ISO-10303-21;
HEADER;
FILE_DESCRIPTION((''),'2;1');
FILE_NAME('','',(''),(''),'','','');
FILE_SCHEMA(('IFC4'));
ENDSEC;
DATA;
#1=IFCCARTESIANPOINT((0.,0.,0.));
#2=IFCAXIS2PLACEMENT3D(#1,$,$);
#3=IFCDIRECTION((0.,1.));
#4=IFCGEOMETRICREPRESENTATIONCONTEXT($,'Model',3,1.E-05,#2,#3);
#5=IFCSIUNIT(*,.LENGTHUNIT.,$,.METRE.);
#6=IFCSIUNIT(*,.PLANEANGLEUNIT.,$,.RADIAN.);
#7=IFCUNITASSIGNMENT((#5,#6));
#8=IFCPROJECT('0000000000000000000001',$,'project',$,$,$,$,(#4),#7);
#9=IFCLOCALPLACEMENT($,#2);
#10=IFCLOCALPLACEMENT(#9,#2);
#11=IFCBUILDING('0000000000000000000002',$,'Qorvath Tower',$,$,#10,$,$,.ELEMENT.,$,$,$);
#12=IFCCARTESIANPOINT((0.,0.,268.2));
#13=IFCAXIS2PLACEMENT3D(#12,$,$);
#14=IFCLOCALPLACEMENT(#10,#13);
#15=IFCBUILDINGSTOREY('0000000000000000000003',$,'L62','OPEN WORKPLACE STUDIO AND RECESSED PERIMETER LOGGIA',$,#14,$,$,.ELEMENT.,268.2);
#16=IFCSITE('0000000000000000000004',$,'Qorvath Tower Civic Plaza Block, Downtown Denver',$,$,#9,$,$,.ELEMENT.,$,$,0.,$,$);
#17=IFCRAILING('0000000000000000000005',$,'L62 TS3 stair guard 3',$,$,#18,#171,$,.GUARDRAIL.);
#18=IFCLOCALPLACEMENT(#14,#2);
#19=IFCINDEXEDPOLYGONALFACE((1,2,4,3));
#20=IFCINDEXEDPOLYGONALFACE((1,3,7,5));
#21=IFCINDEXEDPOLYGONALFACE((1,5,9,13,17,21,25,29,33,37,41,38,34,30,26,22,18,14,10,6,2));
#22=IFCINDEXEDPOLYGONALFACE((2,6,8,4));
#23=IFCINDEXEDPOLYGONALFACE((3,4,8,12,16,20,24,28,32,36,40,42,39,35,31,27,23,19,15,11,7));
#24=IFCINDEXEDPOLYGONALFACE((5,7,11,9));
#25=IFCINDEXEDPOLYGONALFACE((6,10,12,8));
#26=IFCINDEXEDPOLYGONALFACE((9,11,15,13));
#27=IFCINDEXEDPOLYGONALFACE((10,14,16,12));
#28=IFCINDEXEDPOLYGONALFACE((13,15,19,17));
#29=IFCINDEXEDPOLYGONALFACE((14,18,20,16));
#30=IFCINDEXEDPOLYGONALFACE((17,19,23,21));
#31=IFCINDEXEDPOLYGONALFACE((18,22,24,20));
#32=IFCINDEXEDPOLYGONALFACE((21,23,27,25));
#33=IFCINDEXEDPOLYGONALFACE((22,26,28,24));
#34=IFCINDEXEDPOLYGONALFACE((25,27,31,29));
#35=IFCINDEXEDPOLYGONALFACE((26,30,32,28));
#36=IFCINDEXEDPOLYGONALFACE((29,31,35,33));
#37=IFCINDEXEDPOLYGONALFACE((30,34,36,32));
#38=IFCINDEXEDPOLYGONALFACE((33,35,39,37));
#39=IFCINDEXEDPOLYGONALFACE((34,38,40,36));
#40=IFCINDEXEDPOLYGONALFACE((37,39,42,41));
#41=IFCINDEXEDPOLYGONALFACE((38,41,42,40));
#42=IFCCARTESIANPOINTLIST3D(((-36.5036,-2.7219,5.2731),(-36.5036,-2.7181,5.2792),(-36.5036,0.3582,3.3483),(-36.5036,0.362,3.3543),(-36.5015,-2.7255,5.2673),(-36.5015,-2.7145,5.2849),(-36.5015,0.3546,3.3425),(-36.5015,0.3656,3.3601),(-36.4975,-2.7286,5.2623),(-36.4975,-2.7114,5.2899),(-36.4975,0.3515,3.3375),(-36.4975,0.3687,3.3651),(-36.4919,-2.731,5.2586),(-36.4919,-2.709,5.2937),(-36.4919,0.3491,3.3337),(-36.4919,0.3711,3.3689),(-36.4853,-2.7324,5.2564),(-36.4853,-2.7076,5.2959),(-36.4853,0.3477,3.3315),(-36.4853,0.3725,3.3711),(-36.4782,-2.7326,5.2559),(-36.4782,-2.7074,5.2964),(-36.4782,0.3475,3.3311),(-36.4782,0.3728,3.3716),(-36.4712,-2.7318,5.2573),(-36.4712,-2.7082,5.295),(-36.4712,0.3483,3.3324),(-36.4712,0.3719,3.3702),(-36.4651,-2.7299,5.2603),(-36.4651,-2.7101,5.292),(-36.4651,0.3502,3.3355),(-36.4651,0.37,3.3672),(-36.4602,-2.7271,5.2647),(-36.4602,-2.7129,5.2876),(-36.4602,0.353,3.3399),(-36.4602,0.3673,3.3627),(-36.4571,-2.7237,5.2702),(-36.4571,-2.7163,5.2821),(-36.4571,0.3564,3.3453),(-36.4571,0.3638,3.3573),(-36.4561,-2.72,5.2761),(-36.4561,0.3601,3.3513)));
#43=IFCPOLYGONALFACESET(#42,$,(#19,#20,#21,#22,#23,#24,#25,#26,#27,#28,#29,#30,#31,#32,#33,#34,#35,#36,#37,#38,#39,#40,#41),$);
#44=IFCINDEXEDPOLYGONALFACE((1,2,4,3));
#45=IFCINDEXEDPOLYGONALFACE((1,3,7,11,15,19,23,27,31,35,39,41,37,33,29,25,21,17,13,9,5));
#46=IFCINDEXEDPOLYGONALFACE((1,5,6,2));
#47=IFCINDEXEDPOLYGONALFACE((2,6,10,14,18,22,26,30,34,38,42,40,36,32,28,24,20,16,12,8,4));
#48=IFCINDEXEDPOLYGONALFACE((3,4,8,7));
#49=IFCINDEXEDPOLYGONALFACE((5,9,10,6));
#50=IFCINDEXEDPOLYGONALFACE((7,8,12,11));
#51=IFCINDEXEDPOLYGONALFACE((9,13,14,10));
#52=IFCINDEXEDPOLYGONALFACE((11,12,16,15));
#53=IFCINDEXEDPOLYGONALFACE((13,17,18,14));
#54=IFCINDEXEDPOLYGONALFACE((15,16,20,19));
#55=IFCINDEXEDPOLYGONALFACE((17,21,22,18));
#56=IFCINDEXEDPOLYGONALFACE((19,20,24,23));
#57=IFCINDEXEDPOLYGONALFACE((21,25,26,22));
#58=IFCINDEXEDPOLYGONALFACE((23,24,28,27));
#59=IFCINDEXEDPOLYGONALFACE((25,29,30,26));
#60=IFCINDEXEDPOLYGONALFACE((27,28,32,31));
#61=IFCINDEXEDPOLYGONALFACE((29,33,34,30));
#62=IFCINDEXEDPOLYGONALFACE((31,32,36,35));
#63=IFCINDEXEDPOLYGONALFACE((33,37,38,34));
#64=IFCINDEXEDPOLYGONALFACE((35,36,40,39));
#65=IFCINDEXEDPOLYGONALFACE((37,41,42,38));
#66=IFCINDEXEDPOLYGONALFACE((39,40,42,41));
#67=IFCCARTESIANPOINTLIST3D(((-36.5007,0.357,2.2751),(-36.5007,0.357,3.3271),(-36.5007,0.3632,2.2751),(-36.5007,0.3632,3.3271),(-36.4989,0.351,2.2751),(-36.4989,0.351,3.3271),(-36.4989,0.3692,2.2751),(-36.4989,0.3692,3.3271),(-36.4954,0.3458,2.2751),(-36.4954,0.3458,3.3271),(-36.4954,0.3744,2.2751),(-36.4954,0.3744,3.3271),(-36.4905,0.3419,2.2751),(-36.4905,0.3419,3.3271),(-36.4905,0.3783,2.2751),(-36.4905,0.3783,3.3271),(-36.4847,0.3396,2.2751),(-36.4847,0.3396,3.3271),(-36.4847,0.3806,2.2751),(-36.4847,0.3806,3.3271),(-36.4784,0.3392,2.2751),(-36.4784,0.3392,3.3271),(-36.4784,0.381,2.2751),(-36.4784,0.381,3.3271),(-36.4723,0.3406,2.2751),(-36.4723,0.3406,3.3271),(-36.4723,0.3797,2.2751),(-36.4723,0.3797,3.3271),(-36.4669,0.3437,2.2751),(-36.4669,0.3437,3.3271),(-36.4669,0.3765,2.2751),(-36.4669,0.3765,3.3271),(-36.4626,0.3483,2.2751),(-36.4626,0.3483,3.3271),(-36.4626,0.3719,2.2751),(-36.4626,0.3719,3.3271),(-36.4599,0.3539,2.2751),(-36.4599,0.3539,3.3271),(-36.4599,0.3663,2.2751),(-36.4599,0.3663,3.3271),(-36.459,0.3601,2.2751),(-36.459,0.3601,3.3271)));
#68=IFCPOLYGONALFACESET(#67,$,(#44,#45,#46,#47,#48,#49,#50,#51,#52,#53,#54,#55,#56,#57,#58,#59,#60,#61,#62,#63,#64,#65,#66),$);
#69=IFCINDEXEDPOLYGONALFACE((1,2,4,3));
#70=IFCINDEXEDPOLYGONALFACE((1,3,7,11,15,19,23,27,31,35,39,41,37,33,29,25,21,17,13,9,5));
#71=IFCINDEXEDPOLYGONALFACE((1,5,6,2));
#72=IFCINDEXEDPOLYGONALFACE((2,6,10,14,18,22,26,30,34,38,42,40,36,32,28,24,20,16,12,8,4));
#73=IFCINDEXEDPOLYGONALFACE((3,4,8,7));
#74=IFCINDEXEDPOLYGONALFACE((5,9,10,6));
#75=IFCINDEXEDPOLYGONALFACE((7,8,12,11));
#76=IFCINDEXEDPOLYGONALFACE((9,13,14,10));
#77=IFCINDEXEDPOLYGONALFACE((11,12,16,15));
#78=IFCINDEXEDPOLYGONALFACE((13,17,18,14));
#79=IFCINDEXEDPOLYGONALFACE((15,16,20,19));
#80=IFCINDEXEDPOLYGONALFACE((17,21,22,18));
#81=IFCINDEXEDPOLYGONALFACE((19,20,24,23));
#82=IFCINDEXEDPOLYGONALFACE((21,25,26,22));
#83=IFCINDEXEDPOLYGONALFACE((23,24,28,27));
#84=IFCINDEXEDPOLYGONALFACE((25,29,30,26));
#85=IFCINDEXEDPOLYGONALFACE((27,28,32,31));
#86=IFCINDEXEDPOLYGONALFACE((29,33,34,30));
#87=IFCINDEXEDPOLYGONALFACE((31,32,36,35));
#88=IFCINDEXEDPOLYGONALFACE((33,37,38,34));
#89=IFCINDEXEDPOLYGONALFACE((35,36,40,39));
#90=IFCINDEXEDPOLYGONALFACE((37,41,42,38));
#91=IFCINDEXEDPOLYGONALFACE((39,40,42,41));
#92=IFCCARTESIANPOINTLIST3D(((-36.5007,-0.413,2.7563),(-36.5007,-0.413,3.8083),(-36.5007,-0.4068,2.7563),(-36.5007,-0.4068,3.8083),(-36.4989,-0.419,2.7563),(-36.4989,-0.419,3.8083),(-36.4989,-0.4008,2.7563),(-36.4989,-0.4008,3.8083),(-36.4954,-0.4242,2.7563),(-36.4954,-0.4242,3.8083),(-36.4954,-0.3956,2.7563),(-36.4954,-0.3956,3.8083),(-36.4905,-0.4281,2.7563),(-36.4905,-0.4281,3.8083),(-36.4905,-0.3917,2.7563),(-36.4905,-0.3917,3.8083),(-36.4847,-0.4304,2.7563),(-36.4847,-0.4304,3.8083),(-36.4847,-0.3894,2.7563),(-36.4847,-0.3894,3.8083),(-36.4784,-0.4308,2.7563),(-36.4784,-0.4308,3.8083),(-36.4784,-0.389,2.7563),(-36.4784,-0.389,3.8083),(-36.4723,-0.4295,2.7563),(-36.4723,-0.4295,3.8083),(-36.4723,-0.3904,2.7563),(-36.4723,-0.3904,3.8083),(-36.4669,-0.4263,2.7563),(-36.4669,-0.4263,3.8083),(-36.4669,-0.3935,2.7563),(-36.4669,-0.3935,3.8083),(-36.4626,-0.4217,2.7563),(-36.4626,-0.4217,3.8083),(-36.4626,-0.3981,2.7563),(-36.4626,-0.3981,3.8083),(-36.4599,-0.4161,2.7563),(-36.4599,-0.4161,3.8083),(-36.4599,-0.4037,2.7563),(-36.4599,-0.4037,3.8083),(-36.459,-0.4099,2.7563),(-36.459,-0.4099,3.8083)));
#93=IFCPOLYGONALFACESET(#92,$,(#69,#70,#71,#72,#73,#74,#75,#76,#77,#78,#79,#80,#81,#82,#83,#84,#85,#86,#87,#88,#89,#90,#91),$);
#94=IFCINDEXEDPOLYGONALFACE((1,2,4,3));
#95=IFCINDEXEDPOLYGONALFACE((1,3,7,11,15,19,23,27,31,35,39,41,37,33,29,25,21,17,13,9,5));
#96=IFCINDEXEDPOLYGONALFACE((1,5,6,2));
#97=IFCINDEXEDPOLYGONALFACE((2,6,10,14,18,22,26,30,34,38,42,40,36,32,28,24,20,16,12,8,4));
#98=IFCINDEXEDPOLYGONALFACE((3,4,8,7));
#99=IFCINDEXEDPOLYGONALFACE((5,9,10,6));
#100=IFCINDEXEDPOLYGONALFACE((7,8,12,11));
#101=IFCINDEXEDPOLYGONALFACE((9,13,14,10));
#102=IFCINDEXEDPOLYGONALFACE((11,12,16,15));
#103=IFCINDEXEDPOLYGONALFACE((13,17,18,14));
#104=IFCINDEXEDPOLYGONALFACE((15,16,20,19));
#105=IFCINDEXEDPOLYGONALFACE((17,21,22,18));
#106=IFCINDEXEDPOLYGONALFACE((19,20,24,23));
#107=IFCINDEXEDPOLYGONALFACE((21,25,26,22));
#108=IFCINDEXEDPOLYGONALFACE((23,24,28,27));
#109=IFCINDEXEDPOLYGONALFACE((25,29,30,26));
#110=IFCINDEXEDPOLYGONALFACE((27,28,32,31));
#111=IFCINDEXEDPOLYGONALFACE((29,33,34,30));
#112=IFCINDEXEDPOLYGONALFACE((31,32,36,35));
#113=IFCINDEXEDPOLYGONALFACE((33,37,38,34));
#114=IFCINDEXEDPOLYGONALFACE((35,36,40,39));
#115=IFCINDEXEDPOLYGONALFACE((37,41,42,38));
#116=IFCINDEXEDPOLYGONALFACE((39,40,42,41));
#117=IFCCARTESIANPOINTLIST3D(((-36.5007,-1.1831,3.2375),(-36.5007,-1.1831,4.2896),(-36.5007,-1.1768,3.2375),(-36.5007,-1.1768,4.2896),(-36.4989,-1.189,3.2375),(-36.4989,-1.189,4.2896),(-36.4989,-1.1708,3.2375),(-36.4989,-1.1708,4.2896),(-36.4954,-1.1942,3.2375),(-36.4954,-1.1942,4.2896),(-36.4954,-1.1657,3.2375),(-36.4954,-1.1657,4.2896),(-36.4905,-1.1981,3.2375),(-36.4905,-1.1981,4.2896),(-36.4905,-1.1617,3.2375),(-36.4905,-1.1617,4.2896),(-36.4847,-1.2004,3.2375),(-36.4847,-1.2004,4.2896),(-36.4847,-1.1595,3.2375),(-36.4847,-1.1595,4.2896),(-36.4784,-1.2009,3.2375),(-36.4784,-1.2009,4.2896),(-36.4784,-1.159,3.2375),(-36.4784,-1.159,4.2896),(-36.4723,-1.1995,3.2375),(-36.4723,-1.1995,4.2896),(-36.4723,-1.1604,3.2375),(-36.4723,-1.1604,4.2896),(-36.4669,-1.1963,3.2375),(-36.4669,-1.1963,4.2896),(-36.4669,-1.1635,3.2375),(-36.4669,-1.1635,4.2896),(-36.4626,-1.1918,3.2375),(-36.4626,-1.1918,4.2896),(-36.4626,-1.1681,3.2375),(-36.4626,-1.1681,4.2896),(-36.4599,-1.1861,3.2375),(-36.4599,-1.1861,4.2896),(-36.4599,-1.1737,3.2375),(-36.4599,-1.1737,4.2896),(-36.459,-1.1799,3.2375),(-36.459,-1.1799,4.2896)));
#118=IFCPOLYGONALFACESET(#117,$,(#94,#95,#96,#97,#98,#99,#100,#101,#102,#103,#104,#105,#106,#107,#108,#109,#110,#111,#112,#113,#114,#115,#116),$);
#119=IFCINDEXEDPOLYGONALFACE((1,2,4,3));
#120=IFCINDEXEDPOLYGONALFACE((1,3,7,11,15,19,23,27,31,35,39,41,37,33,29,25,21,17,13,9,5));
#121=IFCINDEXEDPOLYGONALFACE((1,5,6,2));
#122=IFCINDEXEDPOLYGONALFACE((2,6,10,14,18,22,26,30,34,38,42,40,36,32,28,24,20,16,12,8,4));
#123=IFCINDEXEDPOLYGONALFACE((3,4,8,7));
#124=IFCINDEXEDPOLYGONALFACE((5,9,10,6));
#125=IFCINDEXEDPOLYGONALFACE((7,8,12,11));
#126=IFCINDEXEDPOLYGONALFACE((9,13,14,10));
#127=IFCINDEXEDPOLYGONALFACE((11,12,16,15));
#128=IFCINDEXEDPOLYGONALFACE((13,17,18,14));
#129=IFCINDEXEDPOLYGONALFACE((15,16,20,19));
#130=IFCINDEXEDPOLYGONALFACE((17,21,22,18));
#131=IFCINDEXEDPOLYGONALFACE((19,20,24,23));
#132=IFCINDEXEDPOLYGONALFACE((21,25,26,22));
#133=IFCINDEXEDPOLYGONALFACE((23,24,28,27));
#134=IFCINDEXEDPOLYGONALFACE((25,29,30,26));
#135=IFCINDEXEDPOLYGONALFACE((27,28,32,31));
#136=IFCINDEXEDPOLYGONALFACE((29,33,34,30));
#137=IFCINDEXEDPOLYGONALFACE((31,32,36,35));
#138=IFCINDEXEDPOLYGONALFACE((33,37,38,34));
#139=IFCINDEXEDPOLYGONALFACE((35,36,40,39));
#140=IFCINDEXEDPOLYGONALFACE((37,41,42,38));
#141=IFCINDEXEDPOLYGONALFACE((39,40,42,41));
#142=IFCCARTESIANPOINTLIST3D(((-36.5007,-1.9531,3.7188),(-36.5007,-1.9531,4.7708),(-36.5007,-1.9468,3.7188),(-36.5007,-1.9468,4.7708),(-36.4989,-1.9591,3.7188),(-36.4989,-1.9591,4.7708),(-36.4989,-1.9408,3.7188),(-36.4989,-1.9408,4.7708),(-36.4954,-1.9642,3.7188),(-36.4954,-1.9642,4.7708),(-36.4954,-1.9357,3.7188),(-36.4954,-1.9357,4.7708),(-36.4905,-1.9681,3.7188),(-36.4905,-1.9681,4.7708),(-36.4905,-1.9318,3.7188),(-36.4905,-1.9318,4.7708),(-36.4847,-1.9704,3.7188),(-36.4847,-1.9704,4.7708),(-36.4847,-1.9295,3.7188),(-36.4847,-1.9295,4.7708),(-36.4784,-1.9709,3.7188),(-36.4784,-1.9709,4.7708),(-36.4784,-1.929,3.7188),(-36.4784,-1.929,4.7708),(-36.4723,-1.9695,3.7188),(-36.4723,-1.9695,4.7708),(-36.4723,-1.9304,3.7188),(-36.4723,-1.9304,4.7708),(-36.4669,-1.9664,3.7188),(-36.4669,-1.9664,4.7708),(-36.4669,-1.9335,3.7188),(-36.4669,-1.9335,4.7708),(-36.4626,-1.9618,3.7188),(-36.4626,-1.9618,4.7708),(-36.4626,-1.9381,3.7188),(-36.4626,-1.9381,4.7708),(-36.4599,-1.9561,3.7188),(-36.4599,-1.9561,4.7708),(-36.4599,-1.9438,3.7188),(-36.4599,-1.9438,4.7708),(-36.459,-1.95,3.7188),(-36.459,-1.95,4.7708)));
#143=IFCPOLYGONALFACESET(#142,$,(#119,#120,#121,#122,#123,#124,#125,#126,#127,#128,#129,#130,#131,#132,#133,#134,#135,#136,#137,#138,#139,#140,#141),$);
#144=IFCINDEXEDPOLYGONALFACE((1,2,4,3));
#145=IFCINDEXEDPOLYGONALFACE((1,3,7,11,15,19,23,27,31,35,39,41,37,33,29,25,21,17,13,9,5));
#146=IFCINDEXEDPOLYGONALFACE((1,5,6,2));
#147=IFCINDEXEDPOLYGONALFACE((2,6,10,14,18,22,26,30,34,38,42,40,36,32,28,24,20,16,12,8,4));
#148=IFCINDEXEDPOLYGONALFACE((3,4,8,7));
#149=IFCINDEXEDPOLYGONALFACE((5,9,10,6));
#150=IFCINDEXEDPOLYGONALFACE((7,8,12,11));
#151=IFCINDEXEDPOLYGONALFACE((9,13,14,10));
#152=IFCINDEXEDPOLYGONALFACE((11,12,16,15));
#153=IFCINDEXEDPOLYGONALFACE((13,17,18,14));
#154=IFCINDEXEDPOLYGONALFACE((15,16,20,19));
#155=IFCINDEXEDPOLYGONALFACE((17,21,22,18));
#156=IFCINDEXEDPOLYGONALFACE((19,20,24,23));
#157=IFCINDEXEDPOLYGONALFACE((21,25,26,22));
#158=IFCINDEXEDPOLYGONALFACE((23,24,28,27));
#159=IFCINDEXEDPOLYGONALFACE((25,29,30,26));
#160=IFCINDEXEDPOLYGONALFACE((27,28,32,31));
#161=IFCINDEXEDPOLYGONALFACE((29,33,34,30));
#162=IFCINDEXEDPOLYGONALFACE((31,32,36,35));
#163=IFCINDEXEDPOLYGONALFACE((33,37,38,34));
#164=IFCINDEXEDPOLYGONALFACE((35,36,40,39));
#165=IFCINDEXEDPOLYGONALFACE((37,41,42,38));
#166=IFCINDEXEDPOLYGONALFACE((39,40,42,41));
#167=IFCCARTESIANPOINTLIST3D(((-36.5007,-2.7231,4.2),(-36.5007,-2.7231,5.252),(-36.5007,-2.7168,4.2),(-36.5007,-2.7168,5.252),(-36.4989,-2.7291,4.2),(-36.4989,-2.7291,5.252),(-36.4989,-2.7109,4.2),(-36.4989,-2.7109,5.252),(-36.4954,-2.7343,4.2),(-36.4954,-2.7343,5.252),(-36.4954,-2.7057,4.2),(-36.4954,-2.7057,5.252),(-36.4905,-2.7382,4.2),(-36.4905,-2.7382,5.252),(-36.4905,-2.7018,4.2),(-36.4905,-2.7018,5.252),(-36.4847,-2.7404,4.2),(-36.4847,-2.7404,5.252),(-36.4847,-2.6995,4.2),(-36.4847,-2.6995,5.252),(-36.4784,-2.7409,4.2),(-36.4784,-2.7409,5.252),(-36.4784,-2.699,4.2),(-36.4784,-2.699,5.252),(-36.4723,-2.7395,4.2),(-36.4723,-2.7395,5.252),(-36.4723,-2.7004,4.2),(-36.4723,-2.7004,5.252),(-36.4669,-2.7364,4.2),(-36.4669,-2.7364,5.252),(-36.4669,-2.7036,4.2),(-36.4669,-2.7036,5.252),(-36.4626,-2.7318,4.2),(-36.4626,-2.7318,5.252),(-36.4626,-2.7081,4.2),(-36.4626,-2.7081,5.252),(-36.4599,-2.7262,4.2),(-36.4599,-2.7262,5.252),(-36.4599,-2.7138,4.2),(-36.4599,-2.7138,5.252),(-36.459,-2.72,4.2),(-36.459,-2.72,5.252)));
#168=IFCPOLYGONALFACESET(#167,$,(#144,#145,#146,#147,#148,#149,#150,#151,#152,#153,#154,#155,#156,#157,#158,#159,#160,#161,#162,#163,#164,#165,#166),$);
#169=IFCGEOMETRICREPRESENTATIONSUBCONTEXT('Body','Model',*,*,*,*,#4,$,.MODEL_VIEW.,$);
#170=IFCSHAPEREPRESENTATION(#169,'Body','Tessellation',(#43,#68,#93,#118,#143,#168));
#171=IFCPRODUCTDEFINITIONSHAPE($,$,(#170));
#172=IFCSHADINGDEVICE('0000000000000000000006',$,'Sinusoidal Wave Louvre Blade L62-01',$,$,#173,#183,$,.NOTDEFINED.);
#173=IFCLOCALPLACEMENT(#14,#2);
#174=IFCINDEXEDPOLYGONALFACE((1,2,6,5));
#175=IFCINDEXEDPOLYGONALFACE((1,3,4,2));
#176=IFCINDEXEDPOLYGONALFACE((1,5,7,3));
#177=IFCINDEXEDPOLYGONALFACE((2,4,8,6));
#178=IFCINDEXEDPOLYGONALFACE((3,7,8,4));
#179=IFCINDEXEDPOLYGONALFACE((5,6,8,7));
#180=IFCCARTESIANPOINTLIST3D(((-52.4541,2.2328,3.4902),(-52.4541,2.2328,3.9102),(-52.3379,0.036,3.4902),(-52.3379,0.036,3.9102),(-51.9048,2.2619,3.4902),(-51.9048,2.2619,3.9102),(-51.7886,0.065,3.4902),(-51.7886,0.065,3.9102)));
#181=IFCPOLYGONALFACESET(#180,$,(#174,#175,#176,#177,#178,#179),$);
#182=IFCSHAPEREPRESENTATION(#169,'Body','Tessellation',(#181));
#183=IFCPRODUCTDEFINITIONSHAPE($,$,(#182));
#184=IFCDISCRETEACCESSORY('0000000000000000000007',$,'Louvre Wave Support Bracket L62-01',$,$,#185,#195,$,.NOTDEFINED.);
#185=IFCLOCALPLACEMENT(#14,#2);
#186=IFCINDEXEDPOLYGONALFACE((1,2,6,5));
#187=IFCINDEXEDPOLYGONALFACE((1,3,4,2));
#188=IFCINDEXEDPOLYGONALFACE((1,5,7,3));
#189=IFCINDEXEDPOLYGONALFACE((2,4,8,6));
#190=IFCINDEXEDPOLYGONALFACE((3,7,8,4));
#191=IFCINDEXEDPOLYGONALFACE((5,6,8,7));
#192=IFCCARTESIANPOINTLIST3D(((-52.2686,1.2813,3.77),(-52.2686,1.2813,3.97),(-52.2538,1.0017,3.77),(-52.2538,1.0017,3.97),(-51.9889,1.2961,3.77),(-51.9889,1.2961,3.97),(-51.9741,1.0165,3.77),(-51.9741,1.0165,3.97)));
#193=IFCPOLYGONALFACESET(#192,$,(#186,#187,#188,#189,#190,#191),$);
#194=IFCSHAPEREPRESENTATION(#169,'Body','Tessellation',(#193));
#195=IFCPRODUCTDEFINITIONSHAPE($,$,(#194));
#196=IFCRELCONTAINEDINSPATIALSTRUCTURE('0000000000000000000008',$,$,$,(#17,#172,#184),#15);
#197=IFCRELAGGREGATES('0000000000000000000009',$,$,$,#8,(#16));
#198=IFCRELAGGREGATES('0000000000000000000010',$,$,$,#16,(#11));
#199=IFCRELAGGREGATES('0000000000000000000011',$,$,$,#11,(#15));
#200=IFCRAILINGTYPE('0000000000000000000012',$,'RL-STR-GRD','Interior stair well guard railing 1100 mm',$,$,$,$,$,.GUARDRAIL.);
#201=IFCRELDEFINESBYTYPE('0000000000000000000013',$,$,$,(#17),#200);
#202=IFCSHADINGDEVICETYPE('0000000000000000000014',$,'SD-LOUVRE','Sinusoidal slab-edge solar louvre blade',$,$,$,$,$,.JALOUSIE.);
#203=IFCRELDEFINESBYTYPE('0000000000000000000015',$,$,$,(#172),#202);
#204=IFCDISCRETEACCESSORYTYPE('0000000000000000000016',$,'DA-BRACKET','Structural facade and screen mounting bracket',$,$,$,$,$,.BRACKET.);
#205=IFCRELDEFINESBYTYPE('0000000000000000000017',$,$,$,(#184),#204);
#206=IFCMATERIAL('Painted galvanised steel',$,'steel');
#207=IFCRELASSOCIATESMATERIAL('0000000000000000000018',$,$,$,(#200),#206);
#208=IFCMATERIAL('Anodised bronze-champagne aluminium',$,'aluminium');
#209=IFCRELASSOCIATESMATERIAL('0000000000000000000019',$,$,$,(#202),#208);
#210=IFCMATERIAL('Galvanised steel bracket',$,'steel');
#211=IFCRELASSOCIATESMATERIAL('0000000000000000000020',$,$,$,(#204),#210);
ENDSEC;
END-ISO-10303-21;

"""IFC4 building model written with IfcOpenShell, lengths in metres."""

from ifc_helpers import new_model, si_unit, direction, frame, origin, origin_2d, place, context, subcontext, project, spatial, rectangle, circle, extrude, material, type_object, element, save


model = new_model("IFC4")

# Units and contexts
model_context = context("Model", 3, precision=1e-05, world=origin(), true_north=direction((0.0, 1.0)))
body_context = subcontext(model_context, "Body", "Model", "MODEL_VIEW")
ifc_project = project(units=[si_unit("LENGTHUNIT", "METRE"), si_unit("PLANEANGLEUNIT", "RADIAN")], contexts=[model_context])

# Site, building, storey
site_placement = place(None, origin())
site = spatial("IfcSite", under=ifc_project, at=site_placement, Name="Qorvath Tower Civic Plaza Block, Downtown Denver", CompositionType="ELEMENT", RefElevation=0.0)
building_placement = place(site_placement, origin())
building = spatial("IfcBuilding", under=site, at=building_placement, Name="Qorvath Tower", CompositionType="ELEMENT")
storey_placement = place(building_placement, frame((0.0, 0.0, 268.2)))
storey = spatial("IfcBuildingStorey", under=building, at=storey_placement, Name="L62", Description="OPEN WORKPLACE STUDIO AND RECESSED PERIMETER LOGGIA", CompositionType="ELEMENT", Elevation=268.2)

# Railing
ifc_material_1 = material(Name="Painted galvanised steel", Category="steel")
railing_type = type_object("IfcRailingType", Name="RL-STR-GRD", Description="Interior stair well guard railing 1100 mm", PredefinedType="GUARDRAIL", material=ifc_material_1)
railing_1_placement = place(storey_placement, frame((-36.48, 0.3601, 2.2751)))
element("IfcRailing", 1, at=railing_1_placement, inside=storey, type_object=railing_type, Name="L62 TS3 stair guard 3", PredefinedType="GUARDRAIL", context=body_context, shape_type="SweptSolid", body=[
    extrude(circle(Radius=0.0239, at=origin_2d()), frame((0.0, 0.0, 1.0762), z_axis=(0.0, -0.848029, 0.529951), x_axis=(1.0, 0.0, 0.0)), (0.0, 0.0, 1.0), 3.6321),
    extrude(circle(Radius=0.021, at=origin_2d()), origin(), (0.0, 0.0, 1.0), 1.052),
    extrude(circle(Radius=0.021, at=origin_2d()), frame((0.0, -0.77, 0.4812)), (0.0, 0.0, 1.0), 1.052),
    extrude(circle(Radius=0.021, at=origin_2d()), frame((0.0, -1.54, 0.9624)), (0.0, 0.0, 1.0), 1.052),
    extrude(circle(Radius=0.021, at=origin_2d()), frame((0.0, -2.3101, 1.4436)), (0.0, 0.0, 1.0), 1.052),
    extrude(circle(Radius=0.021, at=origin_2d()), frame((0.0, -3.0801, 1.9248)), (0.0, 0.0, 1.0), 1.052),
])

# Shading device
ifc_material_2 = material(Name="Anodised bronze-champagne aluminium", Category="aluminium")
shading_device_type = type_object("IfcShadingDeviceType", Name="SD-LOUVRE", Description="Sinusoidal slab-edge solar louvre blade", PredefinedType="JALOUSIE", material=ifc_material_2)
shading_device_placement = place(storey_placement, frame((-52.1213, 1.1489, 3.4902), z_axis=(0.0, 0.0, 1.0), x_axis=(0.052829, -0.998604, 0.0)))
element("IfcShadingDevice", 2, at=shading_device_placement, inside=storey, type_object=shading_device_type, Name="Sinusoidal Wave Louvre Blade L62-01", PredefinedType="NOTDEFINED", context=body_context, shape_type="SweptSolid", body=[
    extrude(rectangle(XDim=2.2, YDim=0.55, at=origin_2d()), origin(), (0.0, 0.0, 1.0), 0.4199),
])

# Discrete accessory
ifc_material_3 = material(Name="Galvanised steel bracket", Category="steel")
discrete_accessory_type = type_object("IfcDiscreteAccessoryType", Name="DA-BRACKET", Description="Structural facade and screen mounting bracket", PredefinedType="BRACKET", material=ifc_material_3)
discrete_accessory_placement = place(storey_placement, frame((-52.1213, 1.1489, 3.77), z_axis=(0.0, 0.0, 1.0), x_axis=(0.052829, -0.998604, 0.0)))
element("IfcDiscreteAccessory", 3, at=discrete_accessory_placement, inside=storey, type_object=discrete_accessory_type, Name="Louvre Wave Support Bracket L62-01", PredefinedType="NOTDEFINED", context=body_context, shape_type="SweptSolid", body=[
    extrude(rectangle(XDim=0.28, YDim=0.28, at=origin_2d()), origin(), (0.0, 0.0, 1.0), 0.2),
])

save(model, "model.ifc")
